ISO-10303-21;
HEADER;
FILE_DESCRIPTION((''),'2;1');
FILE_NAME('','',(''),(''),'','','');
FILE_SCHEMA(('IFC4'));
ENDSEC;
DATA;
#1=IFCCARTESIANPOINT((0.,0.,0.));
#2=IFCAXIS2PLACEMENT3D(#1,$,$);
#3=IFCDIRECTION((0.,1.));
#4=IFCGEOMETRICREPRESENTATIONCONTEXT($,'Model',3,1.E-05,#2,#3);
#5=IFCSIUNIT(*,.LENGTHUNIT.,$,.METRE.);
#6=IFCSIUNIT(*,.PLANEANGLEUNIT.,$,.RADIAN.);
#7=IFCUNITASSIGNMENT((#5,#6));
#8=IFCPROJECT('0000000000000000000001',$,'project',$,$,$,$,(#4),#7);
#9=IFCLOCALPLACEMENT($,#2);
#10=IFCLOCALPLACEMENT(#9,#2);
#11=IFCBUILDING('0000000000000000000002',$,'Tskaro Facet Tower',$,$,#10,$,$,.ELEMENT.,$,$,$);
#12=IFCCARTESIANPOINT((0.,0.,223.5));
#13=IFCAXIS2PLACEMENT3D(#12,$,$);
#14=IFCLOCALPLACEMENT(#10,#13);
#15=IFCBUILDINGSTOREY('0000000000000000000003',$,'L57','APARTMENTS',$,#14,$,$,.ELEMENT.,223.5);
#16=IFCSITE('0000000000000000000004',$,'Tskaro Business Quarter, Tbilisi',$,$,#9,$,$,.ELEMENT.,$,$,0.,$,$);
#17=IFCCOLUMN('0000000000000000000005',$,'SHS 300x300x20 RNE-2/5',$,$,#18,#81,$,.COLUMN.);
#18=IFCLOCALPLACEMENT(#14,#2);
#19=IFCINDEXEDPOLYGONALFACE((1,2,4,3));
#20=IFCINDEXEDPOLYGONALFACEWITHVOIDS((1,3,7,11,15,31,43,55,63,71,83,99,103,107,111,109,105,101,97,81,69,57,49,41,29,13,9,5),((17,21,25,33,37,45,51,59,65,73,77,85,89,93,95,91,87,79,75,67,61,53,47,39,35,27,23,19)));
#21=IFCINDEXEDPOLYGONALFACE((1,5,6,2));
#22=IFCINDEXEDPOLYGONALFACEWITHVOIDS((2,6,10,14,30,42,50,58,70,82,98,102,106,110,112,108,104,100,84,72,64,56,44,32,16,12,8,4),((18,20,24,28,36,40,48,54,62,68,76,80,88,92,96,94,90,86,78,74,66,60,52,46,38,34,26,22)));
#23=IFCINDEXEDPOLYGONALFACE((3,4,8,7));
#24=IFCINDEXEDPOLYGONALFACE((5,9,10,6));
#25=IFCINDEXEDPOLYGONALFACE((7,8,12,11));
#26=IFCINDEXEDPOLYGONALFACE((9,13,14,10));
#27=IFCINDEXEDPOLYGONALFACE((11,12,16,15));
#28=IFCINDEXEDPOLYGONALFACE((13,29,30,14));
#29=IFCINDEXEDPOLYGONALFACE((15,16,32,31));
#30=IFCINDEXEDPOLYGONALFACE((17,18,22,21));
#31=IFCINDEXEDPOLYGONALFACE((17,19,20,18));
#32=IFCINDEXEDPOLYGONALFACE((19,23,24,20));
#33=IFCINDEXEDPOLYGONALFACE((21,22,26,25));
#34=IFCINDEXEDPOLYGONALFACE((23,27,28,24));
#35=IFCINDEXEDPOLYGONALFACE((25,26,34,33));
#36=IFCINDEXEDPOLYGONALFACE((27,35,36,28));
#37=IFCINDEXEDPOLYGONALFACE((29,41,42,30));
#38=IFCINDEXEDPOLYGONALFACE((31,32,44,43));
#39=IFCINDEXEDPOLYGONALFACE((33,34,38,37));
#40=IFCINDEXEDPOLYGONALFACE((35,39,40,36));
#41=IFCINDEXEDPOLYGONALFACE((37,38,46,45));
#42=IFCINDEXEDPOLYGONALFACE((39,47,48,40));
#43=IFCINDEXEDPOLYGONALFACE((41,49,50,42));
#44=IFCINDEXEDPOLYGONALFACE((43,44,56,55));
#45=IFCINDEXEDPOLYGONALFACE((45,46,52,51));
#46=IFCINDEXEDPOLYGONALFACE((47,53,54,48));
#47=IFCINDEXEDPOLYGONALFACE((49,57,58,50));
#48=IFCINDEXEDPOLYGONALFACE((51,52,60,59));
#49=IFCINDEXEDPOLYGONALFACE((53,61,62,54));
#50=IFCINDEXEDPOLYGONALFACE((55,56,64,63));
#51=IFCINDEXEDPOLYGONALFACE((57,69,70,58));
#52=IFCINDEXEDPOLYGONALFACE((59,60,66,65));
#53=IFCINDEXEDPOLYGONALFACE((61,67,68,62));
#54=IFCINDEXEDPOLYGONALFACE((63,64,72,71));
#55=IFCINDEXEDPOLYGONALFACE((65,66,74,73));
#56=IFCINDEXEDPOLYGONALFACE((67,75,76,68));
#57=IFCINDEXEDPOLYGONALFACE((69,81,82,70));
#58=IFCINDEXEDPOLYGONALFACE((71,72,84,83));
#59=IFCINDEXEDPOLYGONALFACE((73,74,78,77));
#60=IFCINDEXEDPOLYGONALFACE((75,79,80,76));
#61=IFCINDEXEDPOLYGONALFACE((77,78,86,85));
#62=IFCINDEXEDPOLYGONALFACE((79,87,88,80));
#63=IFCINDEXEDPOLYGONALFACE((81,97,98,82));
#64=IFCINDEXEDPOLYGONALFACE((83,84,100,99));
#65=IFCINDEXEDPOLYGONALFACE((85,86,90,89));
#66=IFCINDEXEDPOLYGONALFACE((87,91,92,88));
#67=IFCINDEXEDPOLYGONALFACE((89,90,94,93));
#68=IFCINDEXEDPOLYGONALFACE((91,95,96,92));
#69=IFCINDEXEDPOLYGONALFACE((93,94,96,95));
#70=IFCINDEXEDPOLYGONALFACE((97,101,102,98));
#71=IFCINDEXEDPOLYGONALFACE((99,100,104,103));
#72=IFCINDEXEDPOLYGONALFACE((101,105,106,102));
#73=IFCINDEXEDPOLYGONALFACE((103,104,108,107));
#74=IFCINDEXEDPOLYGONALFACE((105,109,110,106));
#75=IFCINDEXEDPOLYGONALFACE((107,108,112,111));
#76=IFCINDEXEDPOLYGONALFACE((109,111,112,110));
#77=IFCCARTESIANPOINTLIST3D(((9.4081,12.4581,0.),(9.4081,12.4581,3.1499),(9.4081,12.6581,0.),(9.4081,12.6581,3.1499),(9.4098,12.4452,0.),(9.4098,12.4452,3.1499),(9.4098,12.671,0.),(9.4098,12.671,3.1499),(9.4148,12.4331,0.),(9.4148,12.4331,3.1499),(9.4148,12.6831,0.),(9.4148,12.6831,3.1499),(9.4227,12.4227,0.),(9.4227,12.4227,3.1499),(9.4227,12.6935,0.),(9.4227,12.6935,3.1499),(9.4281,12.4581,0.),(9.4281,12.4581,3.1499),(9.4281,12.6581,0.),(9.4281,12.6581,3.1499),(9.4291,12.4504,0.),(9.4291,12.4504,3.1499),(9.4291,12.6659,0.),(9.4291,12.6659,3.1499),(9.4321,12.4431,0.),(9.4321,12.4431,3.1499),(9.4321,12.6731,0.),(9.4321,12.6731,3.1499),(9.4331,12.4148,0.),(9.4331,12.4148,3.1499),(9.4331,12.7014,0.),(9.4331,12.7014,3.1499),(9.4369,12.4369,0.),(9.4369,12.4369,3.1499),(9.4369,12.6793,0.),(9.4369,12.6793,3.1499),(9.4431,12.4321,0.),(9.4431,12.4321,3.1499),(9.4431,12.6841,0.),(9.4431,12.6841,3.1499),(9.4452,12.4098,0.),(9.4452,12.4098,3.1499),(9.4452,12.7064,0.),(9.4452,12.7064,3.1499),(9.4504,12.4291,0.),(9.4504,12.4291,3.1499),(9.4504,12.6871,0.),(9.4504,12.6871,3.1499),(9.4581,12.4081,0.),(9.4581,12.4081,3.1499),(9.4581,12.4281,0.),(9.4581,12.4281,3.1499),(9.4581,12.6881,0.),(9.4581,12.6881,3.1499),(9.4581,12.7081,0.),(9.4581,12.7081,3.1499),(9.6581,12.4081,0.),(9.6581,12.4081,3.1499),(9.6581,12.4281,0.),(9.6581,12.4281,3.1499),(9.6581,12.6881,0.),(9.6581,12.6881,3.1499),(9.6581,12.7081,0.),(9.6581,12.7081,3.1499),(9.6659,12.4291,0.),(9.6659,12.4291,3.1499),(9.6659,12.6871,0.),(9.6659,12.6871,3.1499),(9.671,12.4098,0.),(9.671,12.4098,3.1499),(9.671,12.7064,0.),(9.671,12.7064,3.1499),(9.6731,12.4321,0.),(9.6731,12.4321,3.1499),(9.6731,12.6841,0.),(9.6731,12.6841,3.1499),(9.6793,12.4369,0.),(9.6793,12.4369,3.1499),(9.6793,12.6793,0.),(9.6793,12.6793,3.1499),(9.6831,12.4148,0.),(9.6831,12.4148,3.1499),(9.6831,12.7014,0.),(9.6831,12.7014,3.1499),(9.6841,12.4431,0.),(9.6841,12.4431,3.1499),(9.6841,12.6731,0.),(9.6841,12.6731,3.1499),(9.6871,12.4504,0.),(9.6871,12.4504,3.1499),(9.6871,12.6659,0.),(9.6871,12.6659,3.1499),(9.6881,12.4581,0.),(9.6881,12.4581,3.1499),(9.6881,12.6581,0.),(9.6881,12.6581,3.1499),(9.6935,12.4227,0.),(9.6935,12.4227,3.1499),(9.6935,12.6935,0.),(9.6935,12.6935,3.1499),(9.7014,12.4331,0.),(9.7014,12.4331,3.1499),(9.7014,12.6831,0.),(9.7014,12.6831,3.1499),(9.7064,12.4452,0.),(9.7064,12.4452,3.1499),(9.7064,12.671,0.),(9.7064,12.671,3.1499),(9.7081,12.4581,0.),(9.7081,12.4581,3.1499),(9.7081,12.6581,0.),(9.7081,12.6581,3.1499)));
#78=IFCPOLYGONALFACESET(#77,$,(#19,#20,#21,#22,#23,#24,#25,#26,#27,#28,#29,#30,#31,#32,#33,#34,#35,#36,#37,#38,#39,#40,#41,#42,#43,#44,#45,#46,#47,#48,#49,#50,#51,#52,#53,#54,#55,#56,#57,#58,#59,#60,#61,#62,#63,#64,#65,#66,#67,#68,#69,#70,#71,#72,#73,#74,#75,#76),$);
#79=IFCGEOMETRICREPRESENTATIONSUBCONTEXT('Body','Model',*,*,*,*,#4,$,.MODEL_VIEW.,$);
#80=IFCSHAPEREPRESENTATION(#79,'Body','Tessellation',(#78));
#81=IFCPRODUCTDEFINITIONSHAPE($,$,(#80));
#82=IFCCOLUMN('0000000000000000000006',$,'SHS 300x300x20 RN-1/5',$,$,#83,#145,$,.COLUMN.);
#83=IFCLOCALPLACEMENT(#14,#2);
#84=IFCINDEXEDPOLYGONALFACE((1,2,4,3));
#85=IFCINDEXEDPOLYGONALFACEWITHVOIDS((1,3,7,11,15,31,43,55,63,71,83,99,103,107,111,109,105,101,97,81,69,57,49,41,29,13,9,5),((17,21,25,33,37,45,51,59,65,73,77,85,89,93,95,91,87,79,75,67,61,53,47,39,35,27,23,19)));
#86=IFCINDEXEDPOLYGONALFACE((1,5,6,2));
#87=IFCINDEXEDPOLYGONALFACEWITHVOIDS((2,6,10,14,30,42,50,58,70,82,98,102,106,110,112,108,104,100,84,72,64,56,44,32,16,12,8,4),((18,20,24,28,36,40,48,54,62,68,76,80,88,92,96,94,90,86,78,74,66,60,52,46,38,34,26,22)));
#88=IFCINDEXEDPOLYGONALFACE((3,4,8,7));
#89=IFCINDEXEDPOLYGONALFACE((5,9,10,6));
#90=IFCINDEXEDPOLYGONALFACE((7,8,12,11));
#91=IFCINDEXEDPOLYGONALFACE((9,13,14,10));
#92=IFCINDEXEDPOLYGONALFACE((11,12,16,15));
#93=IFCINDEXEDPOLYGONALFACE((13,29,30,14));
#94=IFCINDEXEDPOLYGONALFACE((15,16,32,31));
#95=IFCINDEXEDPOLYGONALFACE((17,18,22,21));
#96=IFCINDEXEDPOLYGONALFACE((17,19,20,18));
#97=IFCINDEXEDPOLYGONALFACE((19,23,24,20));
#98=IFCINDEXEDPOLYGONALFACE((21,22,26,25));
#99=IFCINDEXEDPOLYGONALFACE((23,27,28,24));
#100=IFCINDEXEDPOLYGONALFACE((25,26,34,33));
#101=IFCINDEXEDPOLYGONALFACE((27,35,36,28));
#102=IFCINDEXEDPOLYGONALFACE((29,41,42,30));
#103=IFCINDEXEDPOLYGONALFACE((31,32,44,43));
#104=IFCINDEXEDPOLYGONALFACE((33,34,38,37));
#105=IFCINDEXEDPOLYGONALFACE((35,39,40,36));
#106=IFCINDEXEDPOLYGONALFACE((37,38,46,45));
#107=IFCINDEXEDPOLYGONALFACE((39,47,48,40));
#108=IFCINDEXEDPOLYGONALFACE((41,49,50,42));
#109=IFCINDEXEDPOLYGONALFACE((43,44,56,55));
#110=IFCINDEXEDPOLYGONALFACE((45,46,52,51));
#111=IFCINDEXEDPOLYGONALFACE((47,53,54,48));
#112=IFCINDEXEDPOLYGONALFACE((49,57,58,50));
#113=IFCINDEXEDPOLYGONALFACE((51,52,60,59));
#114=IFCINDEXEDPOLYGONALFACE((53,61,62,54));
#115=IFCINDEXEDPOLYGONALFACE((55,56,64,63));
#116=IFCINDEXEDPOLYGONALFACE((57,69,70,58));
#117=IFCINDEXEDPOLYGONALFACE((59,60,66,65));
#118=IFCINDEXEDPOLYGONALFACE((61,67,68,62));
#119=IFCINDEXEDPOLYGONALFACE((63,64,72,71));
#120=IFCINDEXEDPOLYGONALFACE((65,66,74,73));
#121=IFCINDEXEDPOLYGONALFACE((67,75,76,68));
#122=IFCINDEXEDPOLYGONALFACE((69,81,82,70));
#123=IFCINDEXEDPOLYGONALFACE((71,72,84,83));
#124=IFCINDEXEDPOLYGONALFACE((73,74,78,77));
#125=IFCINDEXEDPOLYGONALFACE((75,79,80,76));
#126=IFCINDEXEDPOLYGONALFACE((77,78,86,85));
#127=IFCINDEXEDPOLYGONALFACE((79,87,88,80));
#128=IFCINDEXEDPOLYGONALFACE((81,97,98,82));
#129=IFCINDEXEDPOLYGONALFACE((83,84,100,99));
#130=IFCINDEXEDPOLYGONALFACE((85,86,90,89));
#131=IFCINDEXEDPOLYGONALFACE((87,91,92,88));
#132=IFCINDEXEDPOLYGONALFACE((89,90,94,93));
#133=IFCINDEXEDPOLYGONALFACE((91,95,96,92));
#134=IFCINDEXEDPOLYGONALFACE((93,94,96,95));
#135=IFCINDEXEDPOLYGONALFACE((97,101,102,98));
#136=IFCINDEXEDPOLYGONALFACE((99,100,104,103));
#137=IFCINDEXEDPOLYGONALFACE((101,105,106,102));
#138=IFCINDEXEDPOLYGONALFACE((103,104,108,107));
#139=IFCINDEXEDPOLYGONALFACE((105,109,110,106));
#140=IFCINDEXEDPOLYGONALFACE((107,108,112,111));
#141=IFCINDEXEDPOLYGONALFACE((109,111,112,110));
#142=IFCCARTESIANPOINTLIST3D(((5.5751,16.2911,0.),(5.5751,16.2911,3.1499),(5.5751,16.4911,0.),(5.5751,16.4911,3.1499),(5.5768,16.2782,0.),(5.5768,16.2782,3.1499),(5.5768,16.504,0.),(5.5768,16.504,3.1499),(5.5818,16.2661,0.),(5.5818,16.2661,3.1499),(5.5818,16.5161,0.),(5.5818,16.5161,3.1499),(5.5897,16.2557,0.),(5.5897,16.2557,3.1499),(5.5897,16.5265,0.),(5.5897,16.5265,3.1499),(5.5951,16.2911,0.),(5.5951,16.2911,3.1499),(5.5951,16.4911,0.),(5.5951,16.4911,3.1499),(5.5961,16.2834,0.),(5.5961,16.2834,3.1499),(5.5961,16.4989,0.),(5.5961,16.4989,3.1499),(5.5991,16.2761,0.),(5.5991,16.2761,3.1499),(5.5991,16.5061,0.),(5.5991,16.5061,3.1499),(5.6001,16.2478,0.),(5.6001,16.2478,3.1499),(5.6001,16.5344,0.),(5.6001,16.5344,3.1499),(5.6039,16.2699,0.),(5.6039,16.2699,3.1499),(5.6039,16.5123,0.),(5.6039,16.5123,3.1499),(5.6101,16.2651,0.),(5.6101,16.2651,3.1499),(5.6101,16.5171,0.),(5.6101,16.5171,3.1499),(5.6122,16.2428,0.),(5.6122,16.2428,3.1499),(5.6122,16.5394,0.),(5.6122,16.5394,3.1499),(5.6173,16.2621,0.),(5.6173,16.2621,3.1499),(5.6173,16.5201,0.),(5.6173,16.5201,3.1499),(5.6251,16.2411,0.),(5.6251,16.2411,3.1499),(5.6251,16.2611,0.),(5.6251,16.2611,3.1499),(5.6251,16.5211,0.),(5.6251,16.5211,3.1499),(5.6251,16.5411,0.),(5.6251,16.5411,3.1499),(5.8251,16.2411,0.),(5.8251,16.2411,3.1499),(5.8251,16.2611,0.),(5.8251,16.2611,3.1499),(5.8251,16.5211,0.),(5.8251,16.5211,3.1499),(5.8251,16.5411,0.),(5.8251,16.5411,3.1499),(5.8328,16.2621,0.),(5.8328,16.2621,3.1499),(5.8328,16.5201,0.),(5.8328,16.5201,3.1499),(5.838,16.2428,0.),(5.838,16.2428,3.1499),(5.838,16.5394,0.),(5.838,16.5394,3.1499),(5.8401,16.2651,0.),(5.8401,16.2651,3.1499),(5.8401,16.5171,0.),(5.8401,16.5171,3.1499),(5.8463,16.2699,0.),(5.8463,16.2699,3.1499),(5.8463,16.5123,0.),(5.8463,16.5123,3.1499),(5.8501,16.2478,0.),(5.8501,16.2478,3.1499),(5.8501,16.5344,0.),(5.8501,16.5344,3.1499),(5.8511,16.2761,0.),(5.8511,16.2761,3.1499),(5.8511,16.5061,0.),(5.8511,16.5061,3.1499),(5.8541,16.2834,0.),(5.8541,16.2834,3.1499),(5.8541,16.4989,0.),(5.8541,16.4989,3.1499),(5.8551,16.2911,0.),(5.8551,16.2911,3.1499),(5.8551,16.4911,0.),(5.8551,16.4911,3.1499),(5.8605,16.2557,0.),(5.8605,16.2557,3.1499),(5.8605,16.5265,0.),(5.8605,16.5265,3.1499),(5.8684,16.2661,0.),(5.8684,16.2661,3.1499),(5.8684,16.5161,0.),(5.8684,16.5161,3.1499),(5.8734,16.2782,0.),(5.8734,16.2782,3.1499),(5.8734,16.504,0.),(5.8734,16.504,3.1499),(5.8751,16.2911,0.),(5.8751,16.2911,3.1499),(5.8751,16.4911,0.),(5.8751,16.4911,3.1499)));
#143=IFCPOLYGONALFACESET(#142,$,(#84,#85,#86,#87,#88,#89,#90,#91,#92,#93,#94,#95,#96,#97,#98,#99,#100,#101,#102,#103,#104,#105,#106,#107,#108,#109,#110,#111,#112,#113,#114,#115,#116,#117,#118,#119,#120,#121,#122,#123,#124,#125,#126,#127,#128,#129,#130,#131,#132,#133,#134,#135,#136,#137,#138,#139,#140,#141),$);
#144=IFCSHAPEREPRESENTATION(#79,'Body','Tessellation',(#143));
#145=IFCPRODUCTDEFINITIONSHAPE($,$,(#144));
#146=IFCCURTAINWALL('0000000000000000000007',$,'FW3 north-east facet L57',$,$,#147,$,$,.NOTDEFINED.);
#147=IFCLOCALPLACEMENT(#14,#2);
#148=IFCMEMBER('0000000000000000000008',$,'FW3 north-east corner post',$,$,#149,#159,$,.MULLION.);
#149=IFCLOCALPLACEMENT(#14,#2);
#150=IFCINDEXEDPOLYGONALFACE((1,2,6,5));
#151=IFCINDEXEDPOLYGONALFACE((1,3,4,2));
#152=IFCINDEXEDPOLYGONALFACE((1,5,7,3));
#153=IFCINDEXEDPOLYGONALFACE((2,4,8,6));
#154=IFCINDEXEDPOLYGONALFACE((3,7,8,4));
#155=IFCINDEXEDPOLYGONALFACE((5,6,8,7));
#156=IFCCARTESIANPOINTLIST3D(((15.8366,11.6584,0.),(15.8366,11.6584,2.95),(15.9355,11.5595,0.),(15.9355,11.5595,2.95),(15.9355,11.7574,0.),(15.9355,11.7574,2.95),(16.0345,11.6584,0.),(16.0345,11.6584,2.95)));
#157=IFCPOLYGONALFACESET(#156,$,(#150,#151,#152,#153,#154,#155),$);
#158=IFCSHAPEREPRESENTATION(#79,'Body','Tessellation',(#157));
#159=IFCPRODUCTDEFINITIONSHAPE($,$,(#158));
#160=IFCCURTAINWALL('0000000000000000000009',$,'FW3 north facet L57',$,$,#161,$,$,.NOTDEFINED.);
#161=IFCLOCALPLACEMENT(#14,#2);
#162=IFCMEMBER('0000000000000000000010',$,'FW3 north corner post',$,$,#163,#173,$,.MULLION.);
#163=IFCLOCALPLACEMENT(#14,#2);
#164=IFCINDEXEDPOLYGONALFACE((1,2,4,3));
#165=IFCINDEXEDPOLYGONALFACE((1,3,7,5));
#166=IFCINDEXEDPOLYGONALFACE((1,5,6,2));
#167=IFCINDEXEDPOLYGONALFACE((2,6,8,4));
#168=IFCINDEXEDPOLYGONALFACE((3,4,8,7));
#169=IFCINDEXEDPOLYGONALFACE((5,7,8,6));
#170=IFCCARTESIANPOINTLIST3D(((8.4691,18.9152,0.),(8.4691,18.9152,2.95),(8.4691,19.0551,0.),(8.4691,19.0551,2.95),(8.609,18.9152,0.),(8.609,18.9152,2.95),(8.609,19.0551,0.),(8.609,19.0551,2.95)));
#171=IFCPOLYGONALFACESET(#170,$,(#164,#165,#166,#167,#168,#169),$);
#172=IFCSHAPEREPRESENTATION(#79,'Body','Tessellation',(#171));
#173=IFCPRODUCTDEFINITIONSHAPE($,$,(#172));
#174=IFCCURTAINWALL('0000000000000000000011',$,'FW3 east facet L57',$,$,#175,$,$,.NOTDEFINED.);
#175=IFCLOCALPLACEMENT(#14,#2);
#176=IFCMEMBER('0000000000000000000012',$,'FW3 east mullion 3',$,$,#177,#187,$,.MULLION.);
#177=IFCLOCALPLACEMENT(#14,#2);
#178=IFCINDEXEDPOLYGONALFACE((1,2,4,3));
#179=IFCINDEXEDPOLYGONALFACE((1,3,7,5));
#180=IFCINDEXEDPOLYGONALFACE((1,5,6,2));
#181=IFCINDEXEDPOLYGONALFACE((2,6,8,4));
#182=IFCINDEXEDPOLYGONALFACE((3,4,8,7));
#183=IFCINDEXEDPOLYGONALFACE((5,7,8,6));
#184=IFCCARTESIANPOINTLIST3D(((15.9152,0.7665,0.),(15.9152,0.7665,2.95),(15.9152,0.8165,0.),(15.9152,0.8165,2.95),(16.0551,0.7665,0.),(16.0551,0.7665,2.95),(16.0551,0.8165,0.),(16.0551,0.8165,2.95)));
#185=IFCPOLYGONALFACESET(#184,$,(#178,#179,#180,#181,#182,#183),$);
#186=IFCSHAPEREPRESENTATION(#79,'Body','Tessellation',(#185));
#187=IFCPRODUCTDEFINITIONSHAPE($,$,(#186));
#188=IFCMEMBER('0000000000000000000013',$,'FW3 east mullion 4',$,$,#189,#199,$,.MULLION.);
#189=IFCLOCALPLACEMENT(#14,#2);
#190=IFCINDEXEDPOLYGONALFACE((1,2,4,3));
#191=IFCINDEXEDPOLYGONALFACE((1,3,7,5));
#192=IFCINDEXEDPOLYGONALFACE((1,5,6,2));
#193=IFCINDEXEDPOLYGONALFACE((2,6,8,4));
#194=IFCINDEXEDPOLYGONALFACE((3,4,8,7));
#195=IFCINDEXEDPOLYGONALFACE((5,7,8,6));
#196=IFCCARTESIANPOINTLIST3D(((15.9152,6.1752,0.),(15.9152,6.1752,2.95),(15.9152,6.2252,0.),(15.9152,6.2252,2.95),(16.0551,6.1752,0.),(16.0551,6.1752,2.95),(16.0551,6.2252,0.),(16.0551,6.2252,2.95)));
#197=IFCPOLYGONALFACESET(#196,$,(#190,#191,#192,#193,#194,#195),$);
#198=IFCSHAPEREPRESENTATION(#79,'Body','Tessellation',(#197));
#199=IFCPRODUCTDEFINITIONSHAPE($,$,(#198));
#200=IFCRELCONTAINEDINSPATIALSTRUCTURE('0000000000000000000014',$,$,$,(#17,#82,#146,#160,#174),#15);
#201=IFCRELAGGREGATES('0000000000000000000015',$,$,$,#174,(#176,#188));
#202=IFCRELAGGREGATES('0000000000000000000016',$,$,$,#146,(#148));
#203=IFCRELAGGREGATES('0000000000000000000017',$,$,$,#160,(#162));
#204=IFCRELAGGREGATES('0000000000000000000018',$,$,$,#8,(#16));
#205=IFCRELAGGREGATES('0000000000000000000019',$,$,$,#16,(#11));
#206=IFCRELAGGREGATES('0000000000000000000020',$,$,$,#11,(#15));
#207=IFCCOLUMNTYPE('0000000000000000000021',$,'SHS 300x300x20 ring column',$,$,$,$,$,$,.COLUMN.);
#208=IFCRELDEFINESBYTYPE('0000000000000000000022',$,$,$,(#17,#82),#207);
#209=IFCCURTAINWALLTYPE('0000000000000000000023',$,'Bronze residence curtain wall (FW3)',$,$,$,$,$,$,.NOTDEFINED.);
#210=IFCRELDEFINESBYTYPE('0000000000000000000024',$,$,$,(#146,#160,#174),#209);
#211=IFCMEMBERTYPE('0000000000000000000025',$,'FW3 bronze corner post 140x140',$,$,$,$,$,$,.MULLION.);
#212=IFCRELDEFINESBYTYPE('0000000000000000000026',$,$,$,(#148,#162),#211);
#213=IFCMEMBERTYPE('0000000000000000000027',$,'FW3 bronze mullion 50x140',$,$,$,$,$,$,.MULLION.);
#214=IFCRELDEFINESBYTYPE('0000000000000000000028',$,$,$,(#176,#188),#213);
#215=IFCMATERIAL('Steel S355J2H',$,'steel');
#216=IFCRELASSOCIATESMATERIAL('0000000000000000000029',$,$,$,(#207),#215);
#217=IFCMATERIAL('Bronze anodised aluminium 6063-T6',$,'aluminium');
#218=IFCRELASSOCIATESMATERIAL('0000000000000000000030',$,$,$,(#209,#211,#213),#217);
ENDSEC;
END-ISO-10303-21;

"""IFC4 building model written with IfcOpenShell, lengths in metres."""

from ifc_helpers import new_model, si_unit, direction, frame, origin, origin_2d, place, context, subcontext, project, spatial, rectangle, hollow_rectangle, extrude, material, material_profile, profile_set, type_object, element, aggregate, save


model = new_model("IFC4")

# Units and contexts
model_context = context("Model", 3, precision=1e-05, world=origin(), true_north=direction((0.0, 1.0)))
body_context = subcontext(model_context, "Body", "Model", "MODEL_VIEW")
ifc_project = project(units=[si_unit("LENGTHUNIT", "METRE"), si_unit("PLANEANGLEUNIT", "RADIAN")], contexts=[model_context])

# Site, building, storey
site_placement = place(None, origin())
site = spatial("IfcSite", under=ifc_project, at=site_placement, Name="Tskaro Business Quarter, Tbilisi", CompositionType="ELEMENT", RefElevation=0.0)
building_placement = place(site_placement, origin())
building = spatial("IfcBuilding", under=site, at=building_placement, Name="Tskaro Facet Tower", CompositionType="ELEMENT")
storey_placement = place(building_placement, frame((0.0, 0.0, 223.5)))
storey = spatial("IfcBuildingStorey", under=building, at=storey_placement, Name="L57", Description="APARTMENTS", CompositionType="ELEMENT", Elevation=223.5)

# Columns
ifc_material_1 = material(Name="Steel S355J2H", Category="steel")
ifc_material_profile_1 = material_profile(ifc_material_1, hollow_rectangle(XDim=0.3, YDim=0.3, WallThickness=0.02, InnerFilletRadius=0.03, OuterFilletRadius=0.05, at=origin_2d()), Name="SHS 300x300x20")
ifc_profile_set_1 = profile_set([ifc_material_profile_1], Name="Steel S355J2H")
column_type_1 = type_object("IfcColumnType", Name="SHS 300x300x20 ring column", PredefinedType="COLUMN", material=ifc_profile_set_1)
for number, where, z_axis, x_axis, name in (
    (1, (9.5581, 12.5581, 0.0), (0.0, 0.0, 1.0), (1.0, 0.0, 0.0), "SHS 300x300x20 RNE-2/5"),
    (2, (5.7251, 16.3911, 0.0), (0.0, 0.0, 1.0), (1.0, 0.0, 0.0), "SHS 300x300x20 RN-1/5"),
):
    element("IfcColumn", number, at=place(storey_placement, frame(where, z_axis=z_axis, x_axis=x_axis)), inside=storey, type_object=column_type_1, Name=name, PredefinedType="COLUMN", context=body_context, shape_type="SweptSolid", body=[
        extrude(hollow_rectangle(XDim=0.3, YDim=0.3, WallThickness=0.02, InnerFilletRadius=0.03, OuterFilletRadius=0.05, at=origin_2d()), origin(), (0.0, 0.0, 1.0), 3.1499),
    ])

# Curtain walls, members
ifc_material_2 = material(Name="Bronze anodised aluminium 6063-T6", Category="aluminium")
curtain_wall_type = type_object("IfcCurtainWallType", Name="Bronze residence curtain wall (FW3)", PredefinedType="NOTDEFINED", material=ifc_material_2)
curtain_wall_1_placement = place(storey_placement, origin())
curtain_wall_1 = element("IfcCurtainWall", 3, at=curtain_wall_1_placement, inside=storey, type_object=curtain_wall_type, Name="FW3 north-east facet L57", PredefinedType="NOTDEFINED")
ifc_material_profile_2 = material_profile(ifc_material_2, rectangle(XDim=0.1399, YDim=0.1399, at=origin_2d()), Name="Corner post 140x140")
ifc_profile_set_2 = profile_set([ifc_material_profile_2], Name="Bronze anodised aluminium 6063-T6")
member_type_1 = type_object("IfcMemberType", Name="FW3 bronze corner post 140x140", PredefinedType="MULLION", material=ifc_profile_set_2)
member_1_placement = place(storey_placement, frame((15.9355, 11.6584, 0.0), z_axis=(0.0, 0.0, 1.0), x_axis=(-0.707107, 0.707107, 0.0)))
member_1 = element("IfcMember", 4, at=member_1_placement, type_object=member_type_1, Name="FW3 north-east corner post", PredefinedType="MULLION", context=body_context, shape_type="SweptSolid", body=[
    extrude(rectangle(XDim=0.1399, YDim=0.1399, at=origin_2d()), origin(), (0.0, 0.0, 1.0), 2.95),
])
curtain_wall_2_placement = place(storey_placement, origin())
curtain_wall_2 = element("IfcCurtainWall", 5, at=curtain_wall_2_placement, inside=storey, type_object=curtain_wall_type, Name="FW3 north facet L57", PredefinedType="NOTDEFINED")
member_2_placement = place(storey_placement, frame((8.5391, 18.9851, 0.0), z_axis=(0.0, 0.0, 1.0), x_axis=(-1.0, 0.0, 0.0)))
member_2 = element("IfcMember", 6, at=member_2_placement, type_object=member_type_1, Name="FW3 north corner post", PredefinedType="MULLION", context=body_context, shape_type="SweptSolid", body=[
    extrude(rectangle(XDim=0.1399, YDim=0.1399, at=origin_2d()), origin(), (0.0, 0.0, 1.0), 2.95),
])

# Curtain wall, members
curtain_wall_3_placement = place(storey_placement, origin())
curtain_wall_3 = element("IfcCurtainWall", 7, at=curtain_wall_3_placement, inside=storey, type_object=curtain_wall_type, Name="FW3 east facet L57", PredefinedType="NOTDEFINED")
ifc_material_profile_3 = material_profile(ifc_material_2, rectangle(XDim=0.05, YDim=0.1399, at=origin_2d()), Name="Mullion 50x140")
ifc_profile_set_3 = profile_set([ifc_material_profile_3], Name="Bronze anodised aluminium 6063-T6")
member_type_2 = type_object("IfcMemberType", Name="FW3 bronze mullion 50x140", PredefinedType="MULLION", material=ifc_profile_set_3)
member_3_placement = place(storey_placement, frame((15.9851, 0.7915, 0.0), z_axis=(0.0, 0.0, 1.0), x_axis=(0.0, 1.0, 0.0)))
member_3 = element("IfcMember", 8, at=member_3_placement, type_object=member_type_2, Name="FW3 east mullion 3", PredefinedType="MULLION", context=body_context, shape_type="SweptSolid", body=[
    extrude(rectangle(XDim=0.05, YDim=0.1399, at=origin_2d()), origin(), (0.0, 0.0, 1.0), 2.95),
])
member_4_placement = place(storey_placement, frame((15.9851, 6.2002, 0.0), z_axis=(0.0, 0.0, 1.0), x_axis=(0.0, 1.0, 0.0)))
member_4 = element("IfcMember", 9, at=member_4_placement, type_object=member_type_2, Name="FW3 east mullion 4", PredefinedType="MULLION", context=body_context, shape_type="SweptSolid", body=[
    extrude(rectangle(XDim=0.05, YDim=0.1399, at=origin_2d()), origin(), (0.0, 0.0, 1.0), 2.95),
])

aggregate(curtain_wall_3, [member_3, member_4])
aggregate(curtain_wall_1, [member_1])
aggregate(curtain_wall_2, [member_2])

save(model, "model.ifc")
